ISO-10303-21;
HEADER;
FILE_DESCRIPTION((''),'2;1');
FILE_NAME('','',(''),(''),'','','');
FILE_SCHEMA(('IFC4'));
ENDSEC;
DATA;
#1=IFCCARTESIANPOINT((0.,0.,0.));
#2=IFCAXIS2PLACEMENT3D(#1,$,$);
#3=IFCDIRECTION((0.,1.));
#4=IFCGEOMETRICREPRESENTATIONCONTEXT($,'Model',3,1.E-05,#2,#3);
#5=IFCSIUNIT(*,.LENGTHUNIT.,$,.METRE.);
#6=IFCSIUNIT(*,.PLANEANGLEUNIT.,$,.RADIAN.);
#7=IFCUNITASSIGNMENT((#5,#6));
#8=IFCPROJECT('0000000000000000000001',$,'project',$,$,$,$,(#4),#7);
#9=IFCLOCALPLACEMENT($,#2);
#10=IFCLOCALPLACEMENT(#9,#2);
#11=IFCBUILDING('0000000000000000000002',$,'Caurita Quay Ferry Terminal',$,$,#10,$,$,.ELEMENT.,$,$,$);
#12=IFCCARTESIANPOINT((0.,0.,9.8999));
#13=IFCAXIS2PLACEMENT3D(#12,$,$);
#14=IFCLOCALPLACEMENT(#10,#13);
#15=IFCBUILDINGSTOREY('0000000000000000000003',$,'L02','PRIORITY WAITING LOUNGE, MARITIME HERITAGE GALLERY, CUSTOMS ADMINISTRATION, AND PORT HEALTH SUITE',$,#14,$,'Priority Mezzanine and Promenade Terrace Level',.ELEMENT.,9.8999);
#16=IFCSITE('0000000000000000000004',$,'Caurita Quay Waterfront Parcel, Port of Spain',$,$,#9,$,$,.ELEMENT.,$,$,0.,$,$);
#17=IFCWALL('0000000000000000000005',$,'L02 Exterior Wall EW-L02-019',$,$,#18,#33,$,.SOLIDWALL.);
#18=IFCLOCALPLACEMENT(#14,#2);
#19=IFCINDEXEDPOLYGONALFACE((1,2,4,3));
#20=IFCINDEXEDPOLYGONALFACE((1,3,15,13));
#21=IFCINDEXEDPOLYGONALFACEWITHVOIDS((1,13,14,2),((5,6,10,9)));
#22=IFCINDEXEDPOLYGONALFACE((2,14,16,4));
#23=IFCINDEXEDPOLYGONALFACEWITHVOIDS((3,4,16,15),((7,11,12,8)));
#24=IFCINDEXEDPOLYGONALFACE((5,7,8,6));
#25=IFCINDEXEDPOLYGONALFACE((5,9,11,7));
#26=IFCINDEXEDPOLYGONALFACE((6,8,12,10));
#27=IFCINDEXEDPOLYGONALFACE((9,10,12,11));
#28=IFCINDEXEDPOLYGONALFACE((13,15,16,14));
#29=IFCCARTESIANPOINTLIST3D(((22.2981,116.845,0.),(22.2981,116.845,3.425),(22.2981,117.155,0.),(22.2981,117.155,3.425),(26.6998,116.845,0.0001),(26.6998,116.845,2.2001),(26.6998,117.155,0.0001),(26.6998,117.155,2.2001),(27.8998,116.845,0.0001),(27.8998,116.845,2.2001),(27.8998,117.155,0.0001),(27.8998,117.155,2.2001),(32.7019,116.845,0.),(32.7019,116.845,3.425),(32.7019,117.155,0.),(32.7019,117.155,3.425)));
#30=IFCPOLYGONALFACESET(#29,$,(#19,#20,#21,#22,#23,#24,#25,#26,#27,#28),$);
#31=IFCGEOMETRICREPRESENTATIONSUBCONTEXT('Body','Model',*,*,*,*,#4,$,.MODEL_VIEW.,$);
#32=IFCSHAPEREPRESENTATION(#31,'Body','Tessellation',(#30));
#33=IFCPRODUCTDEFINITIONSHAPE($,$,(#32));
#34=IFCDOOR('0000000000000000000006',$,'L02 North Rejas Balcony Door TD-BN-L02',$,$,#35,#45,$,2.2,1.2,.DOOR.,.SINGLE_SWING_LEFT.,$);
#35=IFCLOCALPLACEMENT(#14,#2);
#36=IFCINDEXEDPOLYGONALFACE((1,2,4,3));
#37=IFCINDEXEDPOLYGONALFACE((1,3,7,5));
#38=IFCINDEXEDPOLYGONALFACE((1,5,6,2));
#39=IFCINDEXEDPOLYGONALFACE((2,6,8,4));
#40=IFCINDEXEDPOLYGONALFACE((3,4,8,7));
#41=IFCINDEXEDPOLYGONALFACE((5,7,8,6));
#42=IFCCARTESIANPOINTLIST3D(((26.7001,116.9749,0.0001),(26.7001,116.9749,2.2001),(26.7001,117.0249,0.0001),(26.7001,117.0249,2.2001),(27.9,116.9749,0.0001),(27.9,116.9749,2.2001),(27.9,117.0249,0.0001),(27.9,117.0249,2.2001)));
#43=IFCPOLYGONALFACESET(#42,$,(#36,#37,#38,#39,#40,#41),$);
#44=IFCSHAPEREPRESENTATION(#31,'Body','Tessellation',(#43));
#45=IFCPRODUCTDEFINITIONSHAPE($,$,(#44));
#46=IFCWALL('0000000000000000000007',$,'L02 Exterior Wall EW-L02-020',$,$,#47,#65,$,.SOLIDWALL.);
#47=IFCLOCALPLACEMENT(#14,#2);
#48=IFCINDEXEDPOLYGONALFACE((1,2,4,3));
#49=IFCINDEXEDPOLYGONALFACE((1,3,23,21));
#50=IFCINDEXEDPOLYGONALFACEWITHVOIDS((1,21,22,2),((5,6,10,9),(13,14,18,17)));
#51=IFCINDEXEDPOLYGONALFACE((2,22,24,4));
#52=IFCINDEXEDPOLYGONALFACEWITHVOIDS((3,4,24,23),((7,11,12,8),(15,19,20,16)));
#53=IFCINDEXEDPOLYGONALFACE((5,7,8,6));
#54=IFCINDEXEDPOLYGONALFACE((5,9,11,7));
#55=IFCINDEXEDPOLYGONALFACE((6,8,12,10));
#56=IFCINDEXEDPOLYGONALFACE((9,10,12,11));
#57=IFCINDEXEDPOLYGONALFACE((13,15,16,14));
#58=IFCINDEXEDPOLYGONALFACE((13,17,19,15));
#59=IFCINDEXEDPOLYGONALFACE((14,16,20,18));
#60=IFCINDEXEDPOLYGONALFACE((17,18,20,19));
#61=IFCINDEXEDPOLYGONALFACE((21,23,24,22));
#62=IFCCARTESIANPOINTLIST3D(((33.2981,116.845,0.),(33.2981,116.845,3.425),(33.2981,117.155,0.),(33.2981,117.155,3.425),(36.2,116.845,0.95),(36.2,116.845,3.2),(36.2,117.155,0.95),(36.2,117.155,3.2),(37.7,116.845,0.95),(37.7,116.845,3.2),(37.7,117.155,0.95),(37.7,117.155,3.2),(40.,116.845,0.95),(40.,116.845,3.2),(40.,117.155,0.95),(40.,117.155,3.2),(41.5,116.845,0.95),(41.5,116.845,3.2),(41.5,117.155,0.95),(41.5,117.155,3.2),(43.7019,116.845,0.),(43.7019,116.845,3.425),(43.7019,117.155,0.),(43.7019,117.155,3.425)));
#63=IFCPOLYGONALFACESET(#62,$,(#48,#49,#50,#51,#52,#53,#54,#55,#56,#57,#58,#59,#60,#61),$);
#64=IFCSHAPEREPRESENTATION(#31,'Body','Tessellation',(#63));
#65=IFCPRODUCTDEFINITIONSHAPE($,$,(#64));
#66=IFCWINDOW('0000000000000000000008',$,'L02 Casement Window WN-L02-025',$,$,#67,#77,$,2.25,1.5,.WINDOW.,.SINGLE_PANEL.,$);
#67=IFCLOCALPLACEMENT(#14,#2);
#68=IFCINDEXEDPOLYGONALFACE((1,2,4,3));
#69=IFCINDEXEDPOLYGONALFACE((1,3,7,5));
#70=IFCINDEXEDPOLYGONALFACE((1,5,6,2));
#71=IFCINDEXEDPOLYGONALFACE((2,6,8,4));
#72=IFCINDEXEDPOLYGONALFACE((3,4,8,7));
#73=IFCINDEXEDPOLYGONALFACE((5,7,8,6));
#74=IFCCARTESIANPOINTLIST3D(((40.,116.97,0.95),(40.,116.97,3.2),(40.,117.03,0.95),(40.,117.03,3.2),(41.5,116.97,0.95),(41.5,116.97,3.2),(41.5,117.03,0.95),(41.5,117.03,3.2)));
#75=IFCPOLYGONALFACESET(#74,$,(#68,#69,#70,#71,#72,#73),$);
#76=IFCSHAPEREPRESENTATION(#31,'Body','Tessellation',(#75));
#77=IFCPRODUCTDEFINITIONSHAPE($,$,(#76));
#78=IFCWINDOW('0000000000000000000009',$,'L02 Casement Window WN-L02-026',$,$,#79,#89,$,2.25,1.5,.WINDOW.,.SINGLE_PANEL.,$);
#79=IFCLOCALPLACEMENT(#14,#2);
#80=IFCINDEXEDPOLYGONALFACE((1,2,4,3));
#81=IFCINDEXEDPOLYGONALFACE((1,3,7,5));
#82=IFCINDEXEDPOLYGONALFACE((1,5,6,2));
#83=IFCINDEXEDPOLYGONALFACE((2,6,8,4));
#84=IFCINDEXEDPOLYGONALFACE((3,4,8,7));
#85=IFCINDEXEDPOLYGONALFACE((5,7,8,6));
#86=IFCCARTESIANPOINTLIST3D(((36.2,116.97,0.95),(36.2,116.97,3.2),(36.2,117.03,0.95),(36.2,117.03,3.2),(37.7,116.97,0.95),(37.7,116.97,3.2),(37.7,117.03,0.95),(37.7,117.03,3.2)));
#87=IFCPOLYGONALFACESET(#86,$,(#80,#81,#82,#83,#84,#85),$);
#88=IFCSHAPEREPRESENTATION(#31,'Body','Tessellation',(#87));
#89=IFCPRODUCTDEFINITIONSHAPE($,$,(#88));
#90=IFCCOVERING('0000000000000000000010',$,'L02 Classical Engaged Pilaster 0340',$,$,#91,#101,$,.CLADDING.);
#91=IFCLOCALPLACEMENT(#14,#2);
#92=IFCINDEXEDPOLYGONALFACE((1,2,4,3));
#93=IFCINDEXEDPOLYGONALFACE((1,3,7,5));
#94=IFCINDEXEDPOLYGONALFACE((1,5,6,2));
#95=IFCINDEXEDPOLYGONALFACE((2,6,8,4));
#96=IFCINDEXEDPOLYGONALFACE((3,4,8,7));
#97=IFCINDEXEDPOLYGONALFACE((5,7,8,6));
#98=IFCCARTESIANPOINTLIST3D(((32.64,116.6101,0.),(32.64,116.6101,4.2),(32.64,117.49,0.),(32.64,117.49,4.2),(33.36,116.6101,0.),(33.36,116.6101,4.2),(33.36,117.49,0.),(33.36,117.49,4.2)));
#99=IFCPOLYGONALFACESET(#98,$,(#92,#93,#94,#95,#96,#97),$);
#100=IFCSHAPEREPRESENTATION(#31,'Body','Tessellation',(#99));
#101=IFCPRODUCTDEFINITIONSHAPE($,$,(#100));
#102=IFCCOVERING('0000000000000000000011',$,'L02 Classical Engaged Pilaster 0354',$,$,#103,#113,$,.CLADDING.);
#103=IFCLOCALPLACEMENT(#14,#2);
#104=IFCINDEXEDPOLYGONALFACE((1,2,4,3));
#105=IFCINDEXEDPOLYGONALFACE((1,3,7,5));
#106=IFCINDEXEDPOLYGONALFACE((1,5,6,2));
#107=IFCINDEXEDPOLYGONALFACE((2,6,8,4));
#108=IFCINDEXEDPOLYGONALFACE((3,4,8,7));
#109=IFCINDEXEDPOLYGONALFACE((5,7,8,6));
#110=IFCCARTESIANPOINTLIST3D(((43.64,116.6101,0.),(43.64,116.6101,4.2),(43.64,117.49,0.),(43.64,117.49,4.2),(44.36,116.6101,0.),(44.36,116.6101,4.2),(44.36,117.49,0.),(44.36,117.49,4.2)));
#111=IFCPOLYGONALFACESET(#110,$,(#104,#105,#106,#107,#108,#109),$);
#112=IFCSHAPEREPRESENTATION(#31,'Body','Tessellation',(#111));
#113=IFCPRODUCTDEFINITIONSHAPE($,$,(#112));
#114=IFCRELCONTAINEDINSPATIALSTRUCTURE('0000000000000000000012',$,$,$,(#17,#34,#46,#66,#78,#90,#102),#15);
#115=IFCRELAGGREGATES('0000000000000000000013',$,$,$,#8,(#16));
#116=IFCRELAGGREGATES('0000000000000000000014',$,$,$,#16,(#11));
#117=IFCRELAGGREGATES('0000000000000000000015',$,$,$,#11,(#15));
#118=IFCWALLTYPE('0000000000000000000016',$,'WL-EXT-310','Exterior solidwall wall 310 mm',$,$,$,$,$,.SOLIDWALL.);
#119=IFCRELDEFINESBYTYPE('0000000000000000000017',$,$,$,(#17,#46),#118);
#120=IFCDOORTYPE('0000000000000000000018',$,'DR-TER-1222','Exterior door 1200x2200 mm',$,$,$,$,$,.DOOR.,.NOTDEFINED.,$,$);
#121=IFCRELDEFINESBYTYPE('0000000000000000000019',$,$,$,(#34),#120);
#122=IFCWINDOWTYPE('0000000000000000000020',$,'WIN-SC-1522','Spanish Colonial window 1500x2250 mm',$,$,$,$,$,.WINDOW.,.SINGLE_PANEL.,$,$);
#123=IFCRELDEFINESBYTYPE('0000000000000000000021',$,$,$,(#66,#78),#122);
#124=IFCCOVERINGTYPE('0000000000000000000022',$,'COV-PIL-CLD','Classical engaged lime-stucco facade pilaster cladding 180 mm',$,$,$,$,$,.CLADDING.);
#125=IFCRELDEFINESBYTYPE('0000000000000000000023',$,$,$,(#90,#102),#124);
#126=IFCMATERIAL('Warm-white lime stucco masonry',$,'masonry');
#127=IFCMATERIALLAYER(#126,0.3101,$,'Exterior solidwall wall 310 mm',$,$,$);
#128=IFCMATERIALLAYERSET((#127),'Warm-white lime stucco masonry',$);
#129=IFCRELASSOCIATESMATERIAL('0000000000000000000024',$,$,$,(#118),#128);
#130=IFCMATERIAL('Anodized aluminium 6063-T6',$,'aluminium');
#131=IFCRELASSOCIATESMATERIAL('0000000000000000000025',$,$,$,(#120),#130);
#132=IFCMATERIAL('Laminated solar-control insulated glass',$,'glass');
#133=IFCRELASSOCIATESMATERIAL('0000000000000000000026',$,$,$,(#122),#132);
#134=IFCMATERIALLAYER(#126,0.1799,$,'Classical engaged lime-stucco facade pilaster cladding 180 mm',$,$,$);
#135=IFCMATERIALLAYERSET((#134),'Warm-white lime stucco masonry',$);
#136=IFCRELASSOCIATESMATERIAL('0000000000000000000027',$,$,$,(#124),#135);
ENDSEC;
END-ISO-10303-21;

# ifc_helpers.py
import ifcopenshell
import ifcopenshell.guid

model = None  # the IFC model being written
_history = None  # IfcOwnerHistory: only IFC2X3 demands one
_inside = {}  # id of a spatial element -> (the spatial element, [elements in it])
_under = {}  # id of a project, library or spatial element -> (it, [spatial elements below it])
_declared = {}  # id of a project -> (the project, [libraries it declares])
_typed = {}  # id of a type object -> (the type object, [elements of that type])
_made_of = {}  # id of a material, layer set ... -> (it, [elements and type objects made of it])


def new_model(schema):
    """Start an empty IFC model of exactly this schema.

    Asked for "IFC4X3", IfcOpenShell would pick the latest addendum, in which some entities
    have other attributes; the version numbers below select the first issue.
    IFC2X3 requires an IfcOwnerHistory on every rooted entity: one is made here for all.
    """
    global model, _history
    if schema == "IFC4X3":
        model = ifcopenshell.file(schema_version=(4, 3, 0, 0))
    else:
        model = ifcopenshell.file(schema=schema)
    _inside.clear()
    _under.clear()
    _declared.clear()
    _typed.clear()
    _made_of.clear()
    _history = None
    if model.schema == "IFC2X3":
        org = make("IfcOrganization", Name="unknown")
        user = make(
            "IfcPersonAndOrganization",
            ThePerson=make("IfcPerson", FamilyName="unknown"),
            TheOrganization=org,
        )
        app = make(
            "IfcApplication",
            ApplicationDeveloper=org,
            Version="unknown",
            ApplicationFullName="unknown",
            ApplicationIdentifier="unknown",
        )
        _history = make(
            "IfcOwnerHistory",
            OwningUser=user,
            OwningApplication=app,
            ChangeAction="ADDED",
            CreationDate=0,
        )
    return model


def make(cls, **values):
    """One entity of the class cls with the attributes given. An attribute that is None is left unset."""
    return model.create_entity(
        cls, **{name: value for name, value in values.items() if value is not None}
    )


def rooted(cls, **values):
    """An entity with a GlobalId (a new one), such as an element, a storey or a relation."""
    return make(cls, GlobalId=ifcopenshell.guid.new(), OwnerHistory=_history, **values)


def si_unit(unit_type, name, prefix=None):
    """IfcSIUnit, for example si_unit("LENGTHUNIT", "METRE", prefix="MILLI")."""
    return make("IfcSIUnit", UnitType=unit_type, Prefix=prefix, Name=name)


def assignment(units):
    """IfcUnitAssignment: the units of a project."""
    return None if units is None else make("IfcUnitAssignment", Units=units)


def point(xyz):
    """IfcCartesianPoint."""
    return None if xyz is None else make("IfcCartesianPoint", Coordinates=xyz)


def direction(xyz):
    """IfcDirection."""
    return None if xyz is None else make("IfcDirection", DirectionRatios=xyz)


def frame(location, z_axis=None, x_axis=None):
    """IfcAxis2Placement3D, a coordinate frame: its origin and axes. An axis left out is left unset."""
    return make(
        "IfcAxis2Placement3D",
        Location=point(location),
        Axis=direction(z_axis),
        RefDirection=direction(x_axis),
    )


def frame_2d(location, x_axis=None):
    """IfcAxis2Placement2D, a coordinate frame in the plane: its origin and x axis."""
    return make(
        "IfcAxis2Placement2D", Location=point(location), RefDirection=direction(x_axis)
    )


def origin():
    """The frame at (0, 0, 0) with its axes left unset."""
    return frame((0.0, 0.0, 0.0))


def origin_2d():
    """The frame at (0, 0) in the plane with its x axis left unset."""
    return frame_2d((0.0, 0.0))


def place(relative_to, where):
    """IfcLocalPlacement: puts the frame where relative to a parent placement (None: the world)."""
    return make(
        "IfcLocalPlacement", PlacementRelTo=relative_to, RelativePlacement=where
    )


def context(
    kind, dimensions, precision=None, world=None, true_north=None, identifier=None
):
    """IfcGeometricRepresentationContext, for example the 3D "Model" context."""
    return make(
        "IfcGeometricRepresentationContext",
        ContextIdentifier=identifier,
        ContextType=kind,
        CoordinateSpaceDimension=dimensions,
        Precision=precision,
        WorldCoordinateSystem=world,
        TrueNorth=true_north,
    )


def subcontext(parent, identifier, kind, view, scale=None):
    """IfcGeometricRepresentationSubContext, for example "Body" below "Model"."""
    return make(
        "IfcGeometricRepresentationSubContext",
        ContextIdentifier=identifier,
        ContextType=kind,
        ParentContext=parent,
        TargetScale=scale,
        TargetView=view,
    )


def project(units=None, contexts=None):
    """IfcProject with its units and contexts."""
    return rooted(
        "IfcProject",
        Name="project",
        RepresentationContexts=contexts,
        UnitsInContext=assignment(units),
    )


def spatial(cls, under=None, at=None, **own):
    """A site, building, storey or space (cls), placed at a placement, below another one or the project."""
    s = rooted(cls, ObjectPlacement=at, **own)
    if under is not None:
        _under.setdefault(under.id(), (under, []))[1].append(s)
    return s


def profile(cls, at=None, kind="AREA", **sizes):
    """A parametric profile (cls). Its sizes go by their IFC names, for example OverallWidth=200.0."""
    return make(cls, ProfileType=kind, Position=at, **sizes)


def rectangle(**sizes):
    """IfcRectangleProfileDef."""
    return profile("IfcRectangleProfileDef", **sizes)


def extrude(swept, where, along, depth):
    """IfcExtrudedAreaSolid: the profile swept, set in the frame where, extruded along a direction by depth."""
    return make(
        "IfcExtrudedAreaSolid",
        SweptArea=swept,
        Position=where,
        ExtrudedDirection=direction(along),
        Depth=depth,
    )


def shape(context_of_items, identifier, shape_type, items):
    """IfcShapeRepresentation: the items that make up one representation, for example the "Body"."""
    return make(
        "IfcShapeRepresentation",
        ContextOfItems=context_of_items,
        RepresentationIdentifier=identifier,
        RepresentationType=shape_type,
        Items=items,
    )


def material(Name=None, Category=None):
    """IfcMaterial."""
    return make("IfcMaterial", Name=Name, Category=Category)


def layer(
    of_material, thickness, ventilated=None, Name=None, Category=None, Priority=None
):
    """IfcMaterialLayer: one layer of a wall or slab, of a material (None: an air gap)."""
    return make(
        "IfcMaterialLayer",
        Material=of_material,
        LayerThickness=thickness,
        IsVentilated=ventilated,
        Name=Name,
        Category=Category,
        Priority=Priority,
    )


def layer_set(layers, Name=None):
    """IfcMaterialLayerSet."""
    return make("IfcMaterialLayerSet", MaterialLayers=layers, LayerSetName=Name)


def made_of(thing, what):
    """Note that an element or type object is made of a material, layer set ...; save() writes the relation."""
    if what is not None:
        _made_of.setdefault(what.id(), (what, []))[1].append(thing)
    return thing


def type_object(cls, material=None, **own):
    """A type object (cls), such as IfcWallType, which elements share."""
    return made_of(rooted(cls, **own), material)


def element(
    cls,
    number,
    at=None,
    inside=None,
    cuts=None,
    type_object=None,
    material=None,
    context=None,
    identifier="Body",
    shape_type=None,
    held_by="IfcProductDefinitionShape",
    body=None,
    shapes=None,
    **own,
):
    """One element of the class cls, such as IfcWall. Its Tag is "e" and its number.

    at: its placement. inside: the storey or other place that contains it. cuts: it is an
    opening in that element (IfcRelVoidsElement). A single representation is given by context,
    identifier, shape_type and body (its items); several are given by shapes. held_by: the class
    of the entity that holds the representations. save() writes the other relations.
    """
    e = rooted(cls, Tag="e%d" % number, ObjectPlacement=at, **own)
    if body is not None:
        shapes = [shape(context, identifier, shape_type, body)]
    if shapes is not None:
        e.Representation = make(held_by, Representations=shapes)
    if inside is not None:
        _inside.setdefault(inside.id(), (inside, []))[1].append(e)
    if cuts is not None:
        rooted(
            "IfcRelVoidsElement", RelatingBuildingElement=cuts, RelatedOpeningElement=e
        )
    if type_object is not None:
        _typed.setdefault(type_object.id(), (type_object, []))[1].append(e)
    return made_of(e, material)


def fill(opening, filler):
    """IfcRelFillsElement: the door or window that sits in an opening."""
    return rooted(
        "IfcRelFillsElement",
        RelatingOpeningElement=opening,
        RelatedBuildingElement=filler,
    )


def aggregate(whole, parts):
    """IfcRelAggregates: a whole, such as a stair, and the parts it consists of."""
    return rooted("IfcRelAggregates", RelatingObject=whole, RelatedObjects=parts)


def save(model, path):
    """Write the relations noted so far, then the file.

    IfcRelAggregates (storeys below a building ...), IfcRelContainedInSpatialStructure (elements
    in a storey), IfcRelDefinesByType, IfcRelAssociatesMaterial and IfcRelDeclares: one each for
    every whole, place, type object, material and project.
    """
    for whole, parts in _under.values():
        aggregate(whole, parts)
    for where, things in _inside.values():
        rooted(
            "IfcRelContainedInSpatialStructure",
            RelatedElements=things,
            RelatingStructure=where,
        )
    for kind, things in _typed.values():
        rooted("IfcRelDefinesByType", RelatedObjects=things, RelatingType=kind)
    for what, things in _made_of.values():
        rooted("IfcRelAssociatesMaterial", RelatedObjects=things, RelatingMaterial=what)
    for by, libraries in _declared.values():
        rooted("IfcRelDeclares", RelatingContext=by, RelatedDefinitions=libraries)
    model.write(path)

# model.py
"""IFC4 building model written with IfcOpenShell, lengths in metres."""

from ifc_helpers import new_model, si_unit, direction, frame, frame_2d, origin, origin_2d, place, context, subcontext, project, spatial, rectangle, extrude, material, layer, layer_set, type_object, element, fill, save


model = new_model("IFC4")

# Units and contexts
model_context = context("Model", 3, precision=1e-05, world=origin(), true_north=direction((0.0, 1.0)))
body_context = subcontext(model_context, "Body", "Model", "MODEL_VIEW")
ifc_project = project(units=[si_unit("LENGTHUNIT", "METRE"), si_unit("PLANEANGLEUNIT", "RADIAN")], contexts=[model_context])

# Site, building, storey
site_placement = place(None, origin())
site = spatial("IfcSite", under=ifc_project, at=site_placement, Name="Caurita Quay Waterfront Parcel, Port of Spain", CompositionType="ELEMENT", RefElevation=0.0)
building_placement = place(site_placement, origin())
building = spatial("IfcBuilding", under=site, at=building_placement, Name="Caurita Quay Ferry Terminal", CompositionType="ELEMENT")
storey_placement = place(building_placement, frame((0.0, 0.0, 9.8999)))
storey = spatial("IfcBuildingStorey", under=building, at=storey_placement, Name="L02", Description="PRIORITY WAITING LOUNGE, MARITIME HERITAGE GALLERY, CUSTOMS ADMINISTRATION, AND PORT HEALTH SUITE", LongName="Priority Mezzanine and Promenade Terrace Level", CompositionType="ELEMENT", Elevation=9.8999)

# Wall, opening, door
ifc_material_1 = material(Name="Warm-white lime stucco masonry", Category="masonry")
ifc_layer_1 = layer(ifc_material_1, 0.3101, Name="Exterior solidwall wall 310 mm")
ifc_layer_set_1 = layer_set([ifc_layer_1], Name="Warm-white lime stucco masonry")
wall_type = type_object("IfcWallType", Name="WL-EXT-310", Description="Exterior solidwall wall 310 mm", PredefinedType="SOLIDWALL", material=ifc_layer_set_1)
wall_1_placement = place(storey_placement, frame((32.7019, 117.0, 0.0), z_axis=(0.0, 0.0, 1.0), x_axis=(-1.0, 0.0, 0.0)))
wall_1 = element("IfcWall", 1, at=wall_1_placement, inside=storey, type_object=wall_type, Name="L02 Exterior Wall EW-L02-019", PredefinedType="SOLIDWALL", context=body_context, shape_type="SweptSolid", body=[
    extrude(rectangle(XDim=10.4038, YDim=0.3101, at=frame_2d((5.2019, 0.0))), origin(), (0.0, 0.0, 1.0), 3.425),
])
opening_1_placement = place(wall_1_placement, frame((4.802, 0.0, 0.0)))
opening_1 = element("IfcOpeningElement", 2, at=opening_1_placement, cuts=wall_1, PredefinedType="OPENING", context=body_context, shape_type="SweptSolid", body=[
    extrude(rectangle(XDim=1.2, YDim=2.2, at=frame_2d((0.6001, 1.1001))), frame((0.0, 0.165, 0.0), z_axis=(0.0, -1.0, 0.0), x_axis=(1.0, 0.0, 0.0)), (0.0, 0.0, 1.0), 0.3301),
])
ifc_material_2 = material(Name="Anodized aluminium 6063-T6", Category="aluminium")
door_type = type_object("IfcDoorType", Name="DR-TER-1222", Description="Exterior door 1200x2200 mm", OperationType="NOTDEFINED", PredefinedType="DOOR", material=ifc_material_2)
door_placement = place(opening_1_placement, frame((1.2, 0.0, 0.0), z_axis=(0.0, 0.0, 1.0), x_axis=(-1.0, 0.0, 0.0)))
door = element("IfcDoor", 3, at=door_placement, inside=storey, type_object=door_type, Name="L02 North Rejas Balcony Door TD-BN-L02", OperationType="SINGLE_SWING_LEFT", OverallHeight=2.2, OverallWidth=1.2, PredefinedType="DOOR", context=body_context, shape_type="SweptSolid", body=[
    extrude(rectangle(XDim=1.2, YDim=2.2, at=frame_2d((0.6001, 1.1001))), frame((0.0, 0.0249, 0.0), z_axis=(0.0, -1.0, 0.0), x_axis=(1.0, 0.0, 0.0)), (0.0, 0.0, 1.0), 0.05),
])
fill(opening_1, door)

# Wall, openings, windows
wall_2_placement = place(storey_placement, frame((43.7019, 117.0, 0.0), z_axis=(0.0, 0.0, 1.0), x_axis=(-1.0, 0.0, 0.0)))
wall_2 = element("IfcWall", 4, at=wall_2_placement, inside=storey, type_object=wall_type, Name="L02 Exterior Wall EW-L02-020", PredefinedType="SOLIDWALL", context=body_context, shape_type="SweptSolid", body=[
    extrude(rectangle(XDim=10.4038, YDim=0.3101, at=frame_2d((5.2019, 0.0))), origin(), (0.0, 0.0, 1.0), 3.425),
])
opening_2_placement = place(wall_2_placement, frame((2.2019, 0.0, 0.95)))
opening_2 = element("IfcOpeningElement", 5, at=opening_2_placement, cuts=wall_2, PredefinedType="OPENING", context=body_context, shape_type="SweptSolid", body=[
    extrude(rectangle(XDim=1.5, YDim=2.25, at=frame_2d((0.75, 1.125))), frame((0.0, 0.165, 0.0), z_axis=(0.0, -1.0, 0.0), x_axis=(1.0, 0.0, 0.0)), (0.0, 0.0, 1.0), 0.3301),
])
opening_3_placement = place(wall_2_placement, frame((6.002, 0.0, 0.95)))
opening_3 = element("IfcOpeningElement", 6, at=opening_3_placement, cuts=wall_2, PredefinedType="OPENING", context=body_context, shape_type="SweptSolid", body=[
    extrude(rectangle(XDim=1.5, YDim=2.25, at=frame_2d((0.75, 1.125))), frame((0.0, 0.165, 0.0), z_axis=(0.0, -1.0, 0.0), x_axis=(1.0, 0.0, 0.0)), (0.0, 0.0, 1.0), 0.3301),
])
ifc_material_3 = material(Name="Laminated solar-control insulated glass", Category="glass")
window_type = type_object("IfcWindowType", Name="WIN-SC-1522", Description="Spanish Colonial window 1500x2250 mm", PartitioningType="SINGLE_PANEL", PredefinedType="WINDOW", material=ifc_material_3)
window_1_placement = place(opening_2_placement, origin())
window_1 = element("IfcWindow", 7, at=window_1_placement, inside=storey, type_object=window_type, Name="L02 Casement Window WN-L02-025", OverallHeight=2.25, OverallWidth=1.5, PartitioningType="SINGLE_PANEL", PredefinedType="WINDOW", context=body_context, shape_type="SweptSolid", body=[
    extrude(rectangle(XDim=1.5, YDim=2.25, at=frame_2d((0.75, 1.125))), frame((0.0, 0.03, 0.0), z_axis=(0.0, -1.0, 0.0), x_axis=(1.0, 0.0, 0.0)), (0.0, 0.0, 1.0), 0.0601),
])
fill(opening_2, window_1)
window_2_placement = place(opening_3_placement, origin())
window_2 = element("IfcWindow", 8, at=window_2_placement, inside=storey, type_object=window_type, Name="L02 Casement Window WN-L02-026", OverallHeight=2.25, OverallWidth=1.5, PartitioningType="SINGLE_PANEL", PredefinedType="WINDOW", context=body_context, shape_type="SweptSolid", body=[
    extrude(rectangle(XDim=1.5, YDim=2.25, at=frame_2d((0.75, 1.125))), frame((0.0, 0.03, 0.0), z_axis=(0.0, -1.0, 0.0), x_axis=(1.0, 0.0, 0.0)), (0.0, 0.0, 1.0), 0.0601),
])
fill(opening_3, window_2)

# Coverings
ifc_layer_2 = layer(ifc_material_1, 0.1799, Name="Classical engaged lime-stucco facade pilaster cladding 180 mm")
ifc_layer_set_2 = layer_set([ifc_layer_2], Name="Warm-white lime stucco masonry")
covering_type = type_object("IfcCoveringType", Name="COV-PIL-CLD", Description="Classical engaged lime-stucco facade pilaster cladding 180 mm", PredefinedType="CLADDING", material=ifc_layer_set_2)
for number, where, z_axis, x_axis, name in (
    (9, (33.0, 117.05, 0.0), (0.0, 0.0, 1.0), (1.0, 0.0, 0.0), "L02 Classical Engaged Pilaster 0340"),
    (10, (44.0, 117.05, 0.0), (0.0, 0.0, 1.0), (1.0, 0.0, 0.0), "L02 Classical Engaged Pilaster 0354"),
):
    element("IfcCovering", number, at=place(storey_placement, frame(where, z_axis=z_axis, x_axis=x_axis)), inside=storey, type_object=covering_type, Name=name, PredefinedType="CLADDING", context=body_context, shape_type="SweptSolid", body=[
        extrude(rectangle(XDim=0.72, YDim=0.8799, at=origin_2d()), origin(), (0.0, 0.0, 1.0), 4.2),
    ])

save(model, "model.ifc")
